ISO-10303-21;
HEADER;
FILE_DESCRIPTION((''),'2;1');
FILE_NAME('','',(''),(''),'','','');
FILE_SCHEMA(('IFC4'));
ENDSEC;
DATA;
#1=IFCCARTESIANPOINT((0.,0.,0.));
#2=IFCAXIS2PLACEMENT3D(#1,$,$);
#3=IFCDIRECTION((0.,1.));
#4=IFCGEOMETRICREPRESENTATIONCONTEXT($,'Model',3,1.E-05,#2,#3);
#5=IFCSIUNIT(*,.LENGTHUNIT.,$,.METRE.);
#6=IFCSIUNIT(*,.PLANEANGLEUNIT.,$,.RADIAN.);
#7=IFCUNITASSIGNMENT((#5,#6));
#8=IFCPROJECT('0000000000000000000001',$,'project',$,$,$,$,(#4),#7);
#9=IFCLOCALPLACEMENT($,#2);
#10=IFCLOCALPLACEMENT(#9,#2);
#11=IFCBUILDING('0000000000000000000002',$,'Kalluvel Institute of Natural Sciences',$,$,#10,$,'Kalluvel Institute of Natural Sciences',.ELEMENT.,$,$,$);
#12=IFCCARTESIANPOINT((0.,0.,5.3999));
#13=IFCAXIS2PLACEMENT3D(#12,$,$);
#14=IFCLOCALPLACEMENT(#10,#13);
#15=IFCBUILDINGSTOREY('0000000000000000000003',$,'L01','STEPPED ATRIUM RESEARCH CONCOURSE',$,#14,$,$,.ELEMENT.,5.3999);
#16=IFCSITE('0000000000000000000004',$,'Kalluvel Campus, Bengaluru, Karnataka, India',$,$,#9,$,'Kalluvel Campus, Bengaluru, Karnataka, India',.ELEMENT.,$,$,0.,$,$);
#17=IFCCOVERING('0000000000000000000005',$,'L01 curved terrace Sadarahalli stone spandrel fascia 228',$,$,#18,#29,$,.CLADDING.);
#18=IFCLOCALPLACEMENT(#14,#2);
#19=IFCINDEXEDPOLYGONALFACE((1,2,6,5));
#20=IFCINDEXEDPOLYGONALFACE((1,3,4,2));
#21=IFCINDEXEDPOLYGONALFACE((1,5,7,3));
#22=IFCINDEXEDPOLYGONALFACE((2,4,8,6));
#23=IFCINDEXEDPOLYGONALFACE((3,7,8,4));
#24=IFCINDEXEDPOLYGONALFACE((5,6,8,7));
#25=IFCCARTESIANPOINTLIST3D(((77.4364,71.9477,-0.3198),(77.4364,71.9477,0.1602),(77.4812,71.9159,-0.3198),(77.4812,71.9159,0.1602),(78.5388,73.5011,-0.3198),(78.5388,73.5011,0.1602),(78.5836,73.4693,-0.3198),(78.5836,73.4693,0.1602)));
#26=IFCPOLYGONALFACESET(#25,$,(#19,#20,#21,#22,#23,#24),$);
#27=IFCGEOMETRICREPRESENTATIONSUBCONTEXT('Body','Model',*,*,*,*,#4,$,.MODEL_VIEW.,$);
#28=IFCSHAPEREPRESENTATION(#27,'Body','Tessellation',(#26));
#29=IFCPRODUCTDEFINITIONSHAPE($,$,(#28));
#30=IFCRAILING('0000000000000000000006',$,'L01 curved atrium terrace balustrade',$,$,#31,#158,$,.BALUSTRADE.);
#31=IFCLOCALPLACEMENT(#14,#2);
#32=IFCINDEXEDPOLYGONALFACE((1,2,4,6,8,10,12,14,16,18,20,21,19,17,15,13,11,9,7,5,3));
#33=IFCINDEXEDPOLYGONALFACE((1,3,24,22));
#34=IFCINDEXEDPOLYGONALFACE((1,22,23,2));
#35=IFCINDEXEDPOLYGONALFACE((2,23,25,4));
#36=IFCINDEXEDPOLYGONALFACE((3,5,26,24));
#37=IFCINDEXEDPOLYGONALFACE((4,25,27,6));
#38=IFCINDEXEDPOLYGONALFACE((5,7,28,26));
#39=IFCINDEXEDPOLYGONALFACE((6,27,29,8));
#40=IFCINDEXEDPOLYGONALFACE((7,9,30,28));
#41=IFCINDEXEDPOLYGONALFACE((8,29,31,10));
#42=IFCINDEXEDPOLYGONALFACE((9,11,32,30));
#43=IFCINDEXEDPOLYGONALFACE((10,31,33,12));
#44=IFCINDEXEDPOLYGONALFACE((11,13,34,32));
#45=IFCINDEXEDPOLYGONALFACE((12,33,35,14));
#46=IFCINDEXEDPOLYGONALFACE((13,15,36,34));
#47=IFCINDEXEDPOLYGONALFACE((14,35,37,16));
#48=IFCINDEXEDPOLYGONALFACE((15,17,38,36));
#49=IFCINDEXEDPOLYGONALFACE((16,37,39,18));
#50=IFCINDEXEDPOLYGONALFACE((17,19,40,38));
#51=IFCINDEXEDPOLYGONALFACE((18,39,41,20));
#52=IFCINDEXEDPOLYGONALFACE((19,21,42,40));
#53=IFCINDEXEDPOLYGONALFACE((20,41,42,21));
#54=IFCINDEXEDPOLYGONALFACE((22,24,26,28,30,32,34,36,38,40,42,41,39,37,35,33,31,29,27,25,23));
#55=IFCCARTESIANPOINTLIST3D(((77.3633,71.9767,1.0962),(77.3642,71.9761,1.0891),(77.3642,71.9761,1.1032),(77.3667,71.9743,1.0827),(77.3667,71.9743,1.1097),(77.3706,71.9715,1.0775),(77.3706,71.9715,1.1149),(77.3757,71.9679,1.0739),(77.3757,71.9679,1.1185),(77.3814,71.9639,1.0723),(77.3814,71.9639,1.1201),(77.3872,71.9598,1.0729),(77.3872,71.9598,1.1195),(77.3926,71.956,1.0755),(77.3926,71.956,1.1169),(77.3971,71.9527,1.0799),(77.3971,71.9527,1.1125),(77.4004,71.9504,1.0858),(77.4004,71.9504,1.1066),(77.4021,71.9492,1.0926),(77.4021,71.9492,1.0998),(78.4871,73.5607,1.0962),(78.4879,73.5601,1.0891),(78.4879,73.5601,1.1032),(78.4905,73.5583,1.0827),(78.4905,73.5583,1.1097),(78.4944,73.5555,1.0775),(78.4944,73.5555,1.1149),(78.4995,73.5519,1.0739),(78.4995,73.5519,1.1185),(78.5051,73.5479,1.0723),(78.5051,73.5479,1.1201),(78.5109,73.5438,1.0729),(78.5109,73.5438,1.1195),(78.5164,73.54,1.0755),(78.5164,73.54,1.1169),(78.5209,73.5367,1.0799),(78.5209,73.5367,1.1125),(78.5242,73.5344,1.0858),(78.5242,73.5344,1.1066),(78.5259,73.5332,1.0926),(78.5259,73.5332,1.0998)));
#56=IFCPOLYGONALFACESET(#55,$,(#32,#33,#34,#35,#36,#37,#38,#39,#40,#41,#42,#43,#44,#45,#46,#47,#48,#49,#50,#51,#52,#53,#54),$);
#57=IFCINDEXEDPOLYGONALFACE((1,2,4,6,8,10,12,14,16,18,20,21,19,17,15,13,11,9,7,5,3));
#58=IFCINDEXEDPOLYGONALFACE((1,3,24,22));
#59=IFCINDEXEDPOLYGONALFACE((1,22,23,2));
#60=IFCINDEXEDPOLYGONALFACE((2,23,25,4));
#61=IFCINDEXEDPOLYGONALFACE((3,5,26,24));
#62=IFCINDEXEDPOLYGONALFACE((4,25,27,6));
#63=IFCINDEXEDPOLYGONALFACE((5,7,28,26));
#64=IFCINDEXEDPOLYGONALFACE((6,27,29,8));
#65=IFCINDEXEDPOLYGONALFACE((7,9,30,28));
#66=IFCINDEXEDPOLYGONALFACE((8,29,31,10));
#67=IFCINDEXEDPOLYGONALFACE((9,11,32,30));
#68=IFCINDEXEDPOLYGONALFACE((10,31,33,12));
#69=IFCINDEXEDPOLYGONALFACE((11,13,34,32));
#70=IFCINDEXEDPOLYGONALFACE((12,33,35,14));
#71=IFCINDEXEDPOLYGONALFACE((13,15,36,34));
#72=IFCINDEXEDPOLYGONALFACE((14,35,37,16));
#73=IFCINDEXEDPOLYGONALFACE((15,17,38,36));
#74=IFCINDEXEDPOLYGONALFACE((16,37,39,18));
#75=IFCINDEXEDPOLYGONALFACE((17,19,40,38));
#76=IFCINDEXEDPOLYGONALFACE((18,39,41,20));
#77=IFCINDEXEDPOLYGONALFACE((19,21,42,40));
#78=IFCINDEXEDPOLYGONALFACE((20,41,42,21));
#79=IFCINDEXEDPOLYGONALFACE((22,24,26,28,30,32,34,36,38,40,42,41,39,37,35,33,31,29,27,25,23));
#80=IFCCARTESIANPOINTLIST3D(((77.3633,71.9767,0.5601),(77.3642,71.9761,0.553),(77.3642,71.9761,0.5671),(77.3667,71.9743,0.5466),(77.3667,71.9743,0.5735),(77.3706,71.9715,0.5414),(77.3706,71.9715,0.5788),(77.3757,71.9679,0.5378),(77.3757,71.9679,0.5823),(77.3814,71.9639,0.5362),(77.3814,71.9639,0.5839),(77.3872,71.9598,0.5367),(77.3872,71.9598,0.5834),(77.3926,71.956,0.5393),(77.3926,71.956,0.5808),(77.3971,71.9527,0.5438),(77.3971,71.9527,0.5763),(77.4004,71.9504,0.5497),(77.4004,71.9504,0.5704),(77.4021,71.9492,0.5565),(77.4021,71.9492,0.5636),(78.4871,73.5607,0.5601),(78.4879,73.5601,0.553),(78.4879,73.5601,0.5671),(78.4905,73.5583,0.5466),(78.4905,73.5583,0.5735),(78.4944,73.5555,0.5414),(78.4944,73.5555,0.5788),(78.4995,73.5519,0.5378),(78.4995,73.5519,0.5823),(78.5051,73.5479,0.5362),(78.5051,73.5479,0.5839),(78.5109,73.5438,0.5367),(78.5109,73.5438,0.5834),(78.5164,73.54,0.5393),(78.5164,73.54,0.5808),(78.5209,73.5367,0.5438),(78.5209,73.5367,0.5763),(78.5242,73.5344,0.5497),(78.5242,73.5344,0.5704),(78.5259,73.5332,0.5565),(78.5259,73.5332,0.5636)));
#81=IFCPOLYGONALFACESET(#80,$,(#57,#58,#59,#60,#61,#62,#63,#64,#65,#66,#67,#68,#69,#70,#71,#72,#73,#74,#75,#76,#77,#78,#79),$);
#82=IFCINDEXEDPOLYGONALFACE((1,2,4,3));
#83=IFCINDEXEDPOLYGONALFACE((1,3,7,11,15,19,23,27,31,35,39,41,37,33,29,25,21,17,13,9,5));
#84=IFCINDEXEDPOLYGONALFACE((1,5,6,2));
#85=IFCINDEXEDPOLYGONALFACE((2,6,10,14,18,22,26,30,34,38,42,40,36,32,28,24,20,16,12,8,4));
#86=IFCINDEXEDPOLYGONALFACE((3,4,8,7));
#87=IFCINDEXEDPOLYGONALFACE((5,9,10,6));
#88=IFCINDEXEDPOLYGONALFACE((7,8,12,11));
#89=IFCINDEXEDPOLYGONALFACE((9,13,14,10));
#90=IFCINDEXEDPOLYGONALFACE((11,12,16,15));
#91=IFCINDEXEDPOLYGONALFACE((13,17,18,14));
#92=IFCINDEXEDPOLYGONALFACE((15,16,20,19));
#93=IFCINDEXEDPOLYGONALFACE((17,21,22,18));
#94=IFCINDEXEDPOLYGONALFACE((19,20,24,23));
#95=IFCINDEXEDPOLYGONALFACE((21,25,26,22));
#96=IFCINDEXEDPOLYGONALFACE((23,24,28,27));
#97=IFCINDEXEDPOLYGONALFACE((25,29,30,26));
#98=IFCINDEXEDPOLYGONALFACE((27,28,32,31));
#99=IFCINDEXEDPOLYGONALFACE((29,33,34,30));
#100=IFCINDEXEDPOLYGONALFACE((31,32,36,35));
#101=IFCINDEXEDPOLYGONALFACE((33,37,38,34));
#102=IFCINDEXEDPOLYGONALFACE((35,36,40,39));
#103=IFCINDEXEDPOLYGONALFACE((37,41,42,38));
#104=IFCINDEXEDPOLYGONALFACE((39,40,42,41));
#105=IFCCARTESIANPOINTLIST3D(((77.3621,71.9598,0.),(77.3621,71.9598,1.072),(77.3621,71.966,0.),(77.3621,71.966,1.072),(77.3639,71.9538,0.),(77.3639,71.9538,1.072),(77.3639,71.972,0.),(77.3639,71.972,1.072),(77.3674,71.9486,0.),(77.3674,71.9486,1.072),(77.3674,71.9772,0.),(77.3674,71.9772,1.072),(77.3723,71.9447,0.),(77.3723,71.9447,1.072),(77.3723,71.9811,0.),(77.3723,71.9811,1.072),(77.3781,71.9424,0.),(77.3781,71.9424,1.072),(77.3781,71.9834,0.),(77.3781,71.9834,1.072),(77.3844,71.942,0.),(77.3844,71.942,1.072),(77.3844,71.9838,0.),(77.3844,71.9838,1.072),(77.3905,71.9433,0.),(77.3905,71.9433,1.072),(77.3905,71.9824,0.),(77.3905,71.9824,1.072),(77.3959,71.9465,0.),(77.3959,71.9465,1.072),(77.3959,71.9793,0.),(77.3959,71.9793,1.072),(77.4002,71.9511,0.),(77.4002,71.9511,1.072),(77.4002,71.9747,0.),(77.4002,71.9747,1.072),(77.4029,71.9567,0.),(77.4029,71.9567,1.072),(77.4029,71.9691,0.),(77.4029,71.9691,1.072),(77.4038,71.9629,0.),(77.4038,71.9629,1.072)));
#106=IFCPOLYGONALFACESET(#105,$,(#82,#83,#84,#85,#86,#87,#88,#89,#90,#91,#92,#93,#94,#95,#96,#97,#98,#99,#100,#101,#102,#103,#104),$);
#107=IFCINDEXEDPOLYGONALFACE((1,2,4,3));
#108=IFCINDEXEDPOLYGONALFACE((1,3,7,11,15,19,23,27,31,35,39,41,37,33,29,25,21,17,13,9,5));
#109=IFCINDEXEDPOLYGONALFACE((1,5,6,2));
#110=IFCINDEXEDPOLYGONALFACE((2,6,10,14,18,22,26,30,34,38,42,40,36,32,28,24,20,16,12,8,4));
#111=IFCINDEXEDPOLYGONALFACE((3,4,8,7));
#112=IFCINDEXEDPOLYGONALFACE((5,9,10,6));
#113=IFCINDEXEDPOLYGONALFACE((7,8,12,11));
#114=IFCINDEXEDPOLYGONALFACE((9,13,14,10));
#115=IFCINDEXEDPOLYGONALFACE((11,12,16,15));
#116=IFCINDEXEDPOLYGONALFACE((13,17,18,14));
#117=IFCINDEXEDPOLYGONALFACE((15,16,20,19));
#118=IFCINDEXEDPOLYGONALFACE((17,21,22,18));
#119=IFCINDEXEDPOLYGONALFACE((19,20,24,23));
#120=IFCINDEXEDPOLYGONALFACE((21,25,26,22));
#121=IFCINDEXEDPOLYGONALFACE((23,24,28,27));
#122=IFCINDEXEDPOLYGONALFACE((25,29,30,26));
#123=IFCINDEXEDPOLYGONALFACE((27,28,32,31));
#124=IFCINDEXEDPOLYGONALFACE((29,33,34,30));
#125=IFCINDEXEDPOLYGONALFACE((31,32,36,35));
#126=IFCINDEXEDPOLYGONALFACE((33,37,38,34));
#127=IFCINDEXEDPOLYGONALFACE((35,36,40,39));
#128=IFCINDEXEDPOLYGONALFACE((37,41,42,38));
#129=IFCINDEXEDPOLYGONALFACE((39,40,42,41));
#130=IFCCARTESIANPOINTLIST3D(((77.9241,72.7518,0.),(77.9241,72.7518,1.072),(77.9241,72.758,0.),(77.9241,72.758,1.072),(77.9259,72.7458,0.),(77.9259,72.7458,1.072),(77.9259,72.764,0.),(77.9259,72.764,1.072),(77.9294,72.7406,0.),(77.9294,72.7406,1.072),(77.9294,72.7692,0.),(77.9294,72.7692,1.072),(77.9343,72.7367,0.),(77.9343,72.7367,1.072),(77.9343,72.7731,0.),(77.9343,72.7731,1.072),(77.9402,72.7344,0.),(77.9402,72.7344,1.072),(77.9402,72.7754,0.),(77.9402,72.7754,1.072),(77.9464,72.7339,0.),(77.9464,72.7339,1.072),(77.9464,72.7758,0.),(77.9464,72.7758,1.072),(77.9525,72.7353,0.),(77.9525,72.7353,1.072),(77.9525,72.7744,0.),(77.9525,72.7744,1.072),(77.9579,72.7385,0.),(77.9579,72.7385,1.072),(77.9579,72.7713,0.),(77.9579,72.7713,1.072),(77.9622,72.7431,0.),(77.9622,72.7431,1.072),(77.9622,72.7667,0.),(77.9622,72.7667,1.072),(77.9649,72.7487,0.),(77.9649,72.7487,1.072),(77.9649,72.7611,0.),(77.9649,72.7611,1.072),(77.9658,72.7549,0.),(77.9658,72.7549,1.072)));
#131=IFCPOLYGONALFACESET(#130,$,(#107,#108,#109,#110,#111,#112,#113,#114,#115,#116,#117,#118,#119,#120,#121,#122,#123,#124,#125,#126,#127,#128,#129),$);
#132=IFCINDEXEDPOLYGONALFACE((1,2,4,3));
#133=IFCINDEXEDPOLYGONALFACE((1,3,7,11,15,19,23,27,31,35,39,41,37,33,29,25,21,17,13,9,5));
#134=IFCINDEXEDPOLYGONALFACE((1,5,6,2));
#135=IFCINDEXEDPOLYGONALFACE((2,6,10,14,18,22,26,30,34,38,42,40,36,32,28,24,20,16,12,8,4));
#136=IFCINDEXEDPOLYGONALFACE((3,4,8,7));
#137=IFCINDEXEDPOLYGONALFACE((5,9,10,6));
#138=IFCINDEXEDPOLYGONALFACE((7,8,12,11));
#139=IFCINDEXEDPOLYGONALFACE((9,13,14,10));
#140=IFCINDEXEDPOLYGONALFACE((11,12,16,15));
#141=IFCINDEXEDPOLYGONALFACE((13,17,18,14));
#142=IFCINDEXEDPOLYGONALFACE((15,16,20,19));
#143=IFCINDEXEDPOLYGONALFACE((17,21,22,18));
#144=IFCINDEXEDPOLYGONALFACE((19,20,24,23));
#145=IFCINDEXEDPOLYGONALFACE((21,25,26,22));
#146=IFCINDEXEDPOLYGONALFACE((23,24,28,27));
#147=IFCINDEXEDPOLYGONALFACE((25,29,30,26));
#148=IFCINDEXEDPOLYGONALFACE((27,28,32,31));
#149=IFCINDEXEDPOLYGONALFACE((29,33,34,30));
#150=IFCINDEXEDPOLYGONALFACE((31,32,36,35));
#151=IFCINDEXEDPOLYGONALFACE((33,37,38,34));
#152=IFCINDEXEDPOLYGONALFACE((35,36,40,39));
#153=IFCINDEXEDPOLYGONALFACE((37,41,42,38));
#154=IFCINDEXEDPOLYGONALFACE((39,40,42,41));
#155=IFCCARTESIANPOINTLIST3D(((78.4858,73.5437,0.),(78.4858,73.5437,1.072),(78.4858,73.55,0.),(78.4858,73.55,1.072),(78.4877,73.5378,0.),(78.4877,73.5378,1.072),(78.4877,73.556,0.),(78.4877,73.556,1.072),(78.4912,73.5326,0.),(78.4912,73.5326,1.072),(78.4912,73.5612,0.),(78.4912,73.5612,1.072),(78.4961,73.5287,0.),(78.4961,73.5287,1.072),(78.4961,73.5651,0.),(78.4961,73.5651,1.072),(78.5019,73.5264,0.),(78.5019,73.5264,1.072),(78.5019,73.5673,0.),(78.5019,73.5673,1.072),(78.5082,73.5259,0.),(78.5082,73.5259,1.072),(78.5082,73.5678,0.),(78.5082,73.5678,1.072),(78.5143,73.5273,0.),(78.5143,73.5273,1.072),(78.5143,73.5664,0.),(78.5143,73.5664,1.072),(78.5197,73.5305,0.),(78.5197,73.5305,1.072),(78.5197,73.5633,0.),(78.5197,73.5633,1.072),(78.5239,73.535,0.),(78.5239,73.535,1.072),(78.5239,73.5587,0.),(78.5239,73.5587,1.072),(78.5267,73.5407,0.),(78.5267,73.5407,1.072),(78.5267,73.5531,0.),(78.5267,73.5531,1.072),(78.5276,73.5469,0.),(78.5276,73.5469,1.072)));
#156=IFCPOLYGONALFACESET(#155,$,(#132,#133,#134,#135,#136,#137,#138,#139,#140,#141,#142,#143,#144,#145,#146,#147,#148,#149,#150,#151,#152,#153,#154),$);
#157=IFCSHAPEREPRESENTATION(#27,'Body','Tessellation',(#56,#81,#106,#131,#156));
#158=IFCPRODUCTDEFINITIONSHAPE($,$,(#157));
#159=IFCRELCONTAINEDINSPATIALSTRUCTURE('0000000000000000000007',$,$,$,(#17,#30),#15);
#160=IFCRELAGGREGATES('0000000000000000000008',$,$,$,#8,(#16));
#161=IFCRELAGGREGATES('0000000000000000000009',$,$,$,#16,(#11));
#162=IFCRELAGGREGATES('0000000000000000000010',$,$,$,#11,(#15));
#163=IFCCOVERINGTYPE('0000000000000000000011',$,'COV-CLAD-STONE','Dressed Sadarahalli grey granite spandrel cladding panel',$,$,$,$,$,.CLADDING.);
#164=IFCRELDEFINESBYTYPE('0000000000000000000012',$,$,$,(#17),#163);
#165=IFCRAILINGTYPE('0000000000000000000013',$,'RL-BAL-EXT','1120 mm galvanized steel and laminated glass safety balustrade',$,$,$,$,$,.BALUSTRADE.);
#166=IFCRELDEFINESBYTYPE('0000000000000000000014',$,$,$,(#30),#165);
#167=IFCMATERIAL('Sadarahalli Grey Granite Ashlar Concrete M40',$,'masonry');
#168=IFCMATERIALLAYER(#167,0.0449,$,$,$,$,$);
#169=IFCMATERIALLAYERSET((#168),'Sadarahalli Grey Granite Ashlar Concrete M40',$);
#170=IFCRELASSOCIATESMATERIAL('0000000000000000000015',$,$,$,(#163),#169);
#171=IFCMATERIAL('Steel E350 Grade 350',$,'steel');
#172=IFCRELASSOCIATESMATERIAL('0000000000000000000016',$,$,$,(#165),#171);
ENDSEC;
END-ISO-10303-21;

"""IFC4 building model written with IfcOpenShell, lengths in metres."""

from ifc_helpers import new_model, si_unit, direction, frame, origin, origin_2d, place, context, subcontext, project, spatial, rectangle, circle, extrude, material, layer, layer_set, type_object, element, save


model = new_model("IFC4")

# Units and contexts
model_context = context("Model", 3, precision=1e-05, world=origin(), true_north=direction((0.0, 1.0)))
body_context = subcontext(model_context, "Body", "Model", "MODEL_VIEW")
ifc_project = project(units=[si_unit("LENGTHUNIT", "METRE"), si_unit("PLANEANGLEUNIT", "RADIAN")], contexts=[model_context])

# Site, building, storey
site_placement = place(None, origin())
site = spatial("IfcSite", under=ifc_project, at=site_placement, Name="Kalluvel Campus, Bengaluru, Karnataka, India", LongName="Kalluvel Campus, Bengaluru, Karnataka, India", CompositionType="ELEMENT", RefElevation=0.0)
building_placement = place(site_placement, origin())
building = spatial("IfcBuilding", under=site, at=building_placement, Name="Kalluvel Institute of Natural Sciences", LongName="Kalluvel Institute of Natural Sciences", CompositionType="ELEMENT")
storey_placement = place(building_placement, frame((0.0, 0.0, 5.3999)))
storey = spatial("IfcBuildingStorey", under=building, at=storey_placement, Name="L01", Description="STEPPED ATRIUM RESEARCH CONCOURSE", CompositionType="ELEMENT", Elevation=5.3999)

# Covering
ifc_material_1 = material(Name="Sadarahalli Grey Granite Ashlar Concrete M40", Category="masonry")
ifc_layer_1 = layer(ifc_material_1, 0.0449)
ifc_layer_set_1 = layer_set([ifc_layer_1], Name="Sadarahalli Grey Granite Ashlar Concrete M40")
covering_type = type_object("IfcCoveringType", Name="COV-CLAD-STONE", Description="Dressed Sadarahalli grey granite spandrel cladding panel", PredefinedType="CLADDING", material=ifc_layer_set_1)
covering_placement = place(storey_placement, frame((78.01, 72.7085, -0.3198), z_axis=(0.0, 0.0, 1.0), x_axis=(0.578712, 0.815532, 0.0)))
element("IfcCovering", 1, at=covering_placement, inside=storey, type_object=covering_type, Name="L01 curved terrace Sadarahalli stone spandrel fascia 228", PredefinedType="CLADDING", context=body_context, shape_type="SweptSolid", body=[
    extrude(rectangle(XDim=1.9048, YDim=0.0549, at=origin_2d()), origin(), (0.0, 0.0, 1.0), 0.48),
])

# Railing
ifc_material_2 = material(Name="Steel E350 Grade 350", Category="steel")
railing_type = type_object("IfcRailingType", Name="RL-BAL-EXT", Description="1120 mm galvanized steel and laminated glass safety balustrade", PredefinedType="BALUSTRADE", material=ifc_material_2)
railing_placement = place(storey_placement, frame((77.3828, 71.9629, 0.0)))
element("IfcRailing", 2, at=railing_placement, inside=storey, type_object=railing_type, Name="L01 curved atrium terrace balustrade", PredefinedType="BALUSTRADE", context=body_context, shape_type="SweptSolid", body=[
    extrude(circle(Radius=0.0239, at=origin_2d()), frame((0.0, 0.0, 1.0962), z_axis=(0.578631, 0.815589, 0.0), x_axis=(-0.815589, 0.578631, 0.0)), (0.0, 0.0, 1.0), 1.9421),
    extrude(circle(Radius=0.0239, at=origin_2d()), frame((0.0, 0.0, 0.5601), z_axis=(0.578631, 0.815589, 0.0), x_axis=(-0.815589, 0.578631, 0.0)), (0.0, 0.0, 1.0), 1.9421),
    extrude(circle(Radius=0.021, at=origin_2d()), origin(), (0.0, 0.0, 1.0), 1.072),
    extrude(circle(Radius=0.021, at=origin_2d()), frame((0.562, 0.792, 0.0)), (0.0, 0.0, 1.0), 1.072),
    extrude(circle(Radius=0.021, at=origin_2d()), frame((1.1238, 1.584, 0.0)), (0.0, 0.0, 1.0), 1.072),
])

save(model, "model.ifc")
